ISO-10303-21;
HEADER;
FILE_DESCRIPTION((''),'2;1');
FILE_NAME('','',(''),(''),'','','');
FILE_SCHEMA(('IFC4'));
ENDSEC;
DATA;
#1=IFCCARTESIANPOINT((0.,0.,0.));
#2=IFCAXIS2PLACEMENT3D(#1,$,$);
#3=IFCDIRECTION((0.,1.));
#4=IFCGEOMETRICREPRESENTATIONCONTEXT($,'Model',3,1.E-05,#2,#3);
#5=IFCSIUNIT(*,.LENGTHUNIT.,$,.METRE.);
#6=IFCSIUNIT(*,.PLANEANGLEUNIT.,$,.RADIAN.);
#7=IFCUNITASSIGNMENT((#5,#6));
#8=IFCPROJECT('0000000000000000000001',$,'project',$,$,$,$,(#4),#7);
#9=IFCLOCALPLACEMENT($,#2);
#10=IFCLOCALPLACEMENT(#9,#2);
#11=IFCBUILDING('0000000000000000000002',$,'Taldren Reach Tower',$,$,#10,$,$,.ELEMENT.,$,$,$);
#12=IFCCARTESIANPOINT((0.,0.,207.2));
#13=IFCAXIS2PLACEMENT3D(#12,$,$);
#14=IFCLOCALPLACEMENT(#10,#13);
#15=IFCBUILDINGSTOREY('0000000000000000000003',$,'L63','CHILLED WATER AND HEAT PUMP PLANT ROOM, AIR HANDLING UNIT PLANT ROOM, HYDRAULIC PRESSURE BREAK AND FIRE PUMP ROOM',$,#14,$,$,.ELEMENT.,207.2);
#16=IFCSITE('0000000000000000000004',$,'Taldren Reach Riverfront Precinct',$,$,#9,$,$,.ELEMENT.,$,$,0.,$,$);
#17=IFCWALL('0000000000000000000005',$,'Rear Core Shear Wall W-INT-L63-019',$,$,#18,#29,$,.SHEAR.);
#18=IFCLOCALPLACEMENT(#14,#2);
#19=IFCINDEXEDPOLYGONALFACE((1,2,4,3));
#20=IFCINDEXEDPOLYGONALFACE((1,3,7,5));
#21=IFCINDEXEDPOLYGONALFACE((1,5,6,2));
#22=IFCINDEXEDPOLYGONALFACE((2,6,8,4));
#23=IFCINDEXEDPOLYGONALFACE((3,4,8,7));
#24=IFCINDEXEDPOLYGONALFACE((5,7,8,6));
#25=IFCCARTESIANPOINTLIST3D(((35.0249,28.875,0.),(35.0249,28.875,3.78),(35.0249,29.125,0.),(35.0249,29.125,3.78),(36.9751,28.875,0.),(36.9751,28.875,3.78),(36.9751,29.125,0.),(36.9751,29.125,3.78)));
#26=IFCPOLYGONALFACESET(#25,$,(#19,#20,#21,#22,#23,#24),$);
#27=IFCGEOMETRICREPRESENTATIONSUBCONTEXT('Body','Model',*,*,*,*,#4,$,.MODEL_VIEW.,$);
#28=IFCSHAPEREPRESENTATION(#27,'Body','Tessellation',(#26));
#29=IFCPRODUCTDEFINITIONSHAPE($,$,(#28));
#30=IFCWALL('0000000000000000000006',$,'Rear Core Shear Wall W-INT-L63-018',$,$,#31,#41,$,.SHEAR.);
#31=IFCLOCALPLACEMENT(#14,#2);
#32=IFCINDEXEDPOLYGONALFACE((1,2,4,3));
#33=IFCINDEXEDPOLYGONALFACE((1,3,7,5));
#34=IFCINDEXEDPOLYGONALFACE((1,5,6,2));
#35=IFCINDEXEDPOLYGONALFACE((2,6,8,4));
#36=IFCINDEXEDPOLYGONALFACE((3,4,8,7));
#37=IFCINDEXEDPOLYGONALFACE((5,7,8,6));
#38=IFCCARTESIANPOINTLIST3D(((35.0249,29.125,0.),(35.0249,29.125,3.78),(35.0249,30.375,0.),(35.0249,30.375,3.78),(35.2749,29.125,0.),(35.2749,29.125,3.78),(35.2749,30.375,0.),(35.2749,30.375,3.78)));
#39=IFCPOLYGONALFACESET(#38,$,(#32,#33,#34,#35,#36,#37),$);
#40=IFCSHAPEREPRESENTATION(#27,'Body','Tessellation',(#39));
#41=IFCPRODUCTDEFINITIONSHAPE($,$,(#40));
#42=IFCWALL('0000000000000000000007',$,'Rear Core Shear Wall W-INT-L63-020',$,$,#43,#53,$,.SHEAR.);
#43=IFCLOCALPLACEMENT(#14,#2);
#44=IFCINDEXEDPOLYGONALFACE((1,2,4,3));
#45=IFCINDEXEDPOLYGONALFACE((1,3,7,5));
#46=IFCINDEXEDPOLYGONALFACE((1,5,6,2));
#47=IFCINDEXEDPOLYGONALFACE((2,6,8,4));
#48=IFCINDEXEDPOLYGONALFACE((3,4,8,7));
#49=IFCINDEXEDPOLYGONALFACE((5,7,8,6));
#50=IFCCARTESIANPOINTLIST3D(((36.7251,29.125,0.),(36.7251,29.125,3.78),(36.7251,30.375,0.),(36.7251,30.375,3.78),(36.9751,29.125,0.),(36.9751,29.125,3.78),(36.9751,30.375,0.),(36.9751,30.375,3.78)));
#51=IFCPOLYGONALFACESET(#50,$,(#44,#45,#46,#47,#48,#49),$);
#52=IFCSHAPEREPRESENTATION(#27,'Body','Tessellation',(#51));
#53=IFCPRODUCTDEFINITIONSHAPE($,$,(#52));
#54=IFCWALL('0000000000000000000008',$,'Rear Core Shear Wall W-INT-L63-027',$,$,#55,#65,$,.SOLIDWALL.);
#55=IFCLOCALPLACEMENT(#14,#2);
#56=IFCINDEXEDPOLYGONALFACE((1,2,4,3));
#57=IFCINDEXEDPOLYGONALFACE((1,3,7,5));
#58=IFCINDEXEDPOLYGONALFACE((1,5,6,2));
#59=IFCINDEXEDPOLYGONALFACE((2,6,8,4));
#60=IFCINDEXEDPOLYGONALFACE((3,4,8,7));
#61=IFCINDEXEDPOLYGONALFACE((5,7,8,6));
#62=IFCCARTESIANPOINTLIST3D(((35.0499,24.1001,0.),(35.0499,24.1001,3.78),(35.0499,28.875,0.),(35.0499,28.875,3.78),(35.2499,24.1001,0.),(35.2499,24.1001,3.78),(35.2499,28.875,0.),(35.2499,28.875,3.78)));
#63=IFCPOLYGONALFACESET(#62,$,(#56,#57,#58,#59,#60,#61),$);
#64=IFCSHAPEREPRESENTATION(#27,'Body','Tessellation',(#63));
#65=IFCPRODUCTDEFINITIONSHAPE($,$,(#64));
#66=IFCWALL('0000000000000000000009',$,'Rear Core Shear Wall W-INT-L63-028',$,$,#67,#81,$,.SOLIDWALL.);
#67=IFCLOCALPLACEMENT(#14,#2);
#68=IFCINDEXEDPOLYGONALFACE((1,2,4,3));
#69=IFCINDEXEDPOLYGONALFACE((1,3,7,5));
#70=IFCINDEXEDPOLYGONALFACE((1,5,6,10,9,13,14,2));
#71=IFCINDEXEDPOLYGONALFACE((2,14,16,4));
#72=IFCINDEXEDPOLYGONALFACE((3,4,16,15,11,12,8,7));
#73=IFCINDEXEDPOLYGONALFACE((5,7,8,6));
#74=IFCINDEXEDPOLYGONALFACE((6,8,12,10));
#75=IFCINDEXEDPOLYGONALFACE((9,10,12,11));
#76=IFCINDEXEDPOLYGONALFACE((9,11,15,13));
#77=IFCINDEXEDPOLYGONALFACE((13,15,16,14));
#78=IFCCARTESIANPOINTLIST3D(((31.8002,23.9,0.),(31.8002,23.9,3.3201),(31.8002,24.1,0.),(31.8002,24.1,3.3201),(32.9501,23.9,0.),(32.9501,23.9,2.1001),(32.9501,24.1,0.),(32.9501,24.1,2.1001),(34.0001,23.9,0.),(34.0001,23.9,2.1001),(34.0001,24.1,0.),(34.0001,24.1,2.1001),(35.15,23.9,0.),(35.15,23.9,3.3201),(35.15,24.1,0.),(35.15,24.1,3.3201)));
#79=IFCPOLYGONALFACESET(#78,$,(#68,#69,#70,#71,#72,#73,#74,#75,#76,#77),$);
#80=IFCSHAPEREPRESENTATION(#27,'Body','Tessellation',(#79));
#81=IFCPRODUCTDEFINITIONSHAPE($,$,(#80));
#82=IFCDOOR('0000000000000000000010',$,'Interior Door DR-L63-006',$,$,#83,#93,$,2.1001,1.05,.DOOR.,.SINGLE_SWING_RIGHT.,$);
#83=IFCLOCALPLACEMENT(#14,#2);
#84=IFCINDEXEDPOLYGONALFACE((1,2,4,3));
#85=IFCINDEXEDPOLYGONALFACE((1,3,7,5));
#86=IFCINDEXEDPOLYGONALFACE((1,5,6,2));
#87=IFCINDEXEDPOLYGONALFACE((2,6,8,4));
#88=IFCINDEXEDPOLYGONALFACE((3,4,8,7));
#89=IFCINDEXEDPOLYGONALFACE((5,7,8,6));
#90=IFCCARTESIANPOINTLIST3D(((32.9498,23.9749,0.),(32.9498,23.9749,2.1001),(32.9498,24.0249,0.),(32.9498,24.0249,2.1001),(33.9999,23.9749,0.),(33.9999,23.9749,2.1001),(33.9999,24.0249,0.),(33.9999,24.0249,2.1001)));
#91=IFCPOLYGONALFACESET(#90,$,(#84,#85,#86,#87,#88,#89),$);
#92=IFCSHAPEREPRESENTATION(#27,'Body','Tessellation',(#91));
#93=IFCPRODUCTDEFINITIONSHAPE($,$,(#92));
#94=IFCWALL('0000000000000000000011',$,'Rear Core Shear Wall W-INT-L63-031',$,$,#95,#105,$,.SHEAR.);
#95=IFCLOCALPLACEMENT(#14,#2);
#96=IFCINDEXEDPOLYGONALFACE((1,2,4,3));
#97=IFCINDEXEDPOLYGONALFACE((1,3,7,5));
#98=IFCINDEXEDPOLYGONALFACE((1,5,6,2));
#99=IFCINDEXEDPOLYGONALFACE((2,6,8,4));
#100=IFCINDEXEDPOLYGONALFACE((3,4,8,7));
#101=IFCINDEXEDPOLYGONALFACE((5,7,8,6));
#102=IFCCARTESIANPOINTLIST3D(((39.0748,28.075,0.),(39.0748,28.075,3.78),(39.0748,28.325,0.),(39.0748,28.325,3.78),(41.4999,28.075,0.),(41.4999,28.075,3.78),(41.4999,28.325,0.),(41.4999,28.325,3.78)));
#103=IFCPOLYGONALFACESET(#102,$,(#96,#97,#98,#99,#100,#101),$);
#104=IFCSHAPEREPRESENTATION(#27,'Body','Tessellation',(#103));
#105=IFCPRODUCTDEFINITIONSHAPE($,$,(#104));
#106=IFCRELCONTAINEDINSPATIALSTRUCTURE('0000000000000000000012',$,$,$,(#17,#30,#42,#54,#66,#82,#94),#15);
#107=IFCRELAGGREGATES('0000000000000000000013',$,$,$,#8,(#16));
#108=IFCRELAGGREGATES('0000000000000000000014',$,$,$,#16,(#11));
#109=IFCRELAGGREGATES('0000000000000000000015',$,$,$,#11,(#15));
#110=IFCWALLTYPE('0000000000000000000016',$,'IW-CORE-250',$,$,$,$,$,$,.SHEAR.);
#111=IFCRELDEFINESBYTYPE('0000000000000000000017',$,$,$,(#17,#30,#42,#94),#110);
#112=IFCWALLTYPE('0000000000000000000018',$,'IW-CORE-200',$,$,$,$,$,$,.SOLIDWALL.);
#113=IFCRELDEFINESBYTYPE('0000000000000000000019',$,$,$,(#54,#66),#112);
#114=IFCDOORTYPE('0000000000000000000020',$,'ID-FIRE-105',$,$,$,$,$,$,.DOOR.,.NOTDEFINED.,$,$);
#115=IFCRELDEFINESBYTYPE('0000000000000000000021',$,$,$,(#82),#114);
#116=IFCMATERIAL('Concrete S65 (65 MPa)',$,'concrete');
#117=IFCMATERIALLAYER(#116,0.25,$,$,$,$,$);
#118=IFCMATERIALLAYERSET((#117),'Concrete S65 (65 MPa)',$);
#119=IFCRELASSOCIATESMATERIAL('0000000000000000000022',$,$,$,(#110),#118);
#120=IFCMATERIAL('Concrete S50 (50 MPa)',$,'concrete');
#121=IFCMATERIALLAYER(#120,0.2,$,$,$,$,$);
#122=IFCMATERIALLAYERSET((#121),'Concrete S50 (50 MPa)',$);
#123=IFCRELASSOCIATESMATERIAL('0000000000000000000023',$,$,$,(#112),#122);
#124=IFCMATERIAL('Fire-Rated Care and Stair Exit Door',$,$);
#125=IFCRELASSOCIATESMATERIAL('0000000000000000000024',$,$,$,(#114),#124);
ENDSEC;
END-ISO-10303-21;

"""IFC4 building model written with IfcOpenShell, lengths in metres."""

from ifc_helpers import new_model, si_unit, direction, frame, frame_2d, origin, place, context, subcontext, project, spatial, rectangle, extrude, source, transform, mapped, material, layer, layer_set, type_object, element, fill, save


model = new_model("IFC4")

# Units and contexts
model_context = context("Model", 3, precision=1e-05, world=origin(), true_north=direction((0.0, 1.0)))
body_context = subcontext(model_context, "Body", "Model", "MODEL_VIEW")
ifc_project = project(units=[si_unit("LENGTHUNIT", "METRE"), si_unit("PLANEANGLEUNIT", "RADIAN")], contexts=[model_context])

# Site, building, storey
site_placement = place(None, origin())
site = spatial("IfcSite", under=ifc_project, at=site_placement, Name="Taldren Reach Riverfront Precinct", CompositionType="ELEMENT", RefElevation=0.0)
building_placement = place(site_placement, origin())
building = spatial("IfcBuilding", under=site, at=building_placement, Name="Taldren Reach Tower", CompositionType="ELEMENT")
storey_placement = place(building_placement, frame((0.0, 0.0, 207.2)))
storey = spatial("IfcBuildingStorey", under=building, at=storey_placement, Name="L63", Description="CHILLED WATER AND HEAT PUMP PLANT ROOM, AIR HANDLING UNIT PLANT ROOM, HYDRAULIC PRESSURE BREAK AND FIRE PUMP ROOM", CompositionType="ELEMENT", Elevation=207.2)

# Walls
ifc_material_1 = material(Name="Concrete S65 (65 MPa)", Category="concrete")
ifc_layer_1 = layer(ifc_material_1, 0.25)
ifc_layer_set_1 = layer_set([ifc_layer_1], Name="Concrete S65 (65 MPa)")
wall_type_1 = type_object("IfcWallType", Name="IW-CORE-250", PredefinedType="SHEAR", material=ifc_layer_set_1)
shared_shape_1 = source(origin(), body_context, "Body", "SweptSolid", [
    extrude(rectangle(XDim=1.9502, YDim=0.25, at=frame_2d((0.9751, 0.0))), origin(), (0.0, 0.0, 1.0), 3.78),
])
for number, where, z_axis, x_axis, name in (
    (1, (35.0249, 29.0, 0.0), (0.0, 0.0, 1.0), (1.0, 0.0, 0.0), "Rear Core Shear Wall W-INT-L63-019"),
):
    element("IfcWall", number, at=place(storey_placement, frame(where, z_axis=z_axis, x_axis=x_axis)), inside=storey, type_object=wall_type_1, Name=name, PredefinedType="SHEAR", context=body_context, shape_type="MappedRepresentation", body=[
        mapped(shared_shape_1, transform((0.0, 0.0, 0.0), scale=1.0)),
    ])
shared_shape_2 = source(origin(), body_context, "Body", "SweptSolid", [
    extrude(rectangle(XDim=1.25, YDim=0.25, at=frame_2d((0.625, 0.0))), origin(), (0.0, 0.0, 1.0), 3.78),
])
for number, where, z_axis, x_axis, name in (
    (2, (35.1499, 30.375, 0.0), (0.0, 0.0, 1.0), (0.0, -1.0, 0.0), "Rear Core Shear Wall W-INT-L63-018"),
    (3, (36.8501, 29.125, 0.0), (0.0, 0.0, 1.0), (0.0, 1.0, 0.0), "Rear Core Shear Wall W-INT-L63-020"),
):
    element("IfcWall", number, at=place(storey_placement, frame(where, z_axis=z_axis, x_axis=x_axis)), inside=storey, type_object=wall_type_1, Name=name, PredefinedType="SHEAR", context=body_context, shape_type="MappedRepresentation", body=[
        mapped(shared_shape_2, transform((0.0, 0.0, 0.0), scale=1.0)),
    ])
ifc_material_2 = material(Name="Concrete S50 (50 MPa)", Category="concrete")
ifc_layer_2 = layer(ifc_material_2, 0.2)
ifc_layer_set_2 = layer_set([ifc_layer_2], Name="Concrete S50 (50 MPa)")
wall_type_2 = type_object("IfcWallType", Name="IW-CORE-200", PredefinedType="SOLIDWALL", material=ifc_layer_set_2)
shared_shape_3 = source(origin(), body_context, "Body", "SweptSolid", [
    extrude(rectangle(XDim=4.7749, YDim=0.2, at=frame_2d((2.3875, 0.0))), origin(), (0.0, 0.0, 1.0), 3.78),
])
wall_1_placement = place(storey_placement, frame((35.1499, 28.875, 0.0), z_axis=(0.0, 0.0, 1.0), x_axis=(0.0, -1.0, 0.0)))
element("IfcWall", 4, at=wall_1_placement, inside=storey, type_object=wall_type_2, Name="Rear Core Shear Wall W-INT-L63-027", PredefinedType="SOLIDWALL", context=body_context, shape_type="MappedRepresentation", body=[
    mapped(shared_shape_3, transform((0.0, 0.0, 0.0), scale=1.0)),
])

# Wall, opening, door
shared_shape_4 = source(origin(), body_context, "Body", "SweptSolid", [
    extrude(rectangle(XDim=3.3499, YDim=0.2, at=frame_2d((1.6748, 0.0))), origin(), (0.0, 0.0, 1.0), 3.3201),
])
wall_2_placement = place(storey_placement, frame((35.1499, 24.0, 0.0), z_axis=(0.0, 0.0, 1.0), x_axis=(-1.0, 0.0, 0.0)))
wall_2 = element("IfcWall", 5, at=wall_2_placement, inside=storey, type_object=wall_type_2, Name="Rear Core Shear Wall W-INT-L63-028", PredefinedType="SOLIDWALL", context=body_context, shape_type="MappedRepresentation", body=[
    mapped(shared_shape_4, transform((0.0, 0.0, 0.0), scale=1.0)),
])
shared_shape_5 = source(origin(), body_context, "Body", "SweptSolid", [
    extrude(rectangle(XDim=1.05, YDim=2.1001, at=frame_2d((0.5249, 1.05))), frame((0.0, 0.1099, 0.0), z_axis=(0.0, -1.0, 0.0), x_axis=(1.0, 0.0, 0.0)), (0.0, 0.0, 1.0), 0.22),
])
opening_placement = place(wall_2_placement, frame((1.1499, 0.0, 0.0)))
opening = element("IfcOpeningElement", 6, at=opening_placement, cuts=wall_2, PredefinedType="OPENING", context=body_context, shape_type="MappedRepresentation", body=[
    mapped(shared_shape_5, transform((0.0, 0.0, 0.0), scale=1.0)),
])
ifc_material_3 = material(Name="Fire-Rated Care and Stair Exit Door")
door_type = type_object("IfcDoorType", Name="ID-FIRE-105", OperationType="NOTDEFINED", PredefinedType="DOOR", material=ifc_material_3)
shared_shape_6 = source(origin(), body_context, "Body", "SweptSolid", [
    extrude(rectangle(XDim=1.05, YDim=2.1001, at=frame_2d((0.5249, 1.05))), frame((0.0, 0.0249, 0.0), z_axis=(0.0, -1.0, 0.0), x_axis=(1.0, 0.0, 0.0)), (0.0, 0.0, 1.0), 0.05),
])
door_placement = place(opening_placement, frame((1.05, 0.0, 0.0), z_axis=(0.0, 0.0, 1.0), x_axis=(-1.0, 0.0, 0.0)))
door = element("IfcDoor", 7, at=door_placement, inside=storey, type_object=door_type, Name="Interior Door DR-L63-006", OperationType="SINGLE_SWING_RIGHT", OverallHeight=2.1001, OverallWidth=1.05, PredefinedType="DOOR", context=body_context, shape_type="MappedRepresentation", body=[
    mapped(shared_shape_6, transform((0.0, 0.0, 0.0), scale=1.0)),
])
fill(opening, door)

# Wall
shared_shape_7 = source(origin(), body_context, "Body", "SweptSolid", [
    extrude(rectangle(XDim=2.425, YDim=0.25, at=frame_2d((1.2124, 0.0))), origin(), (0.0, 0.0, 1.0), 3.78),
])
wall_3_placement = place(storey_placement, frame((39.075, 28.2, 0.0), z_axis=(0.0, 0.0, 1.0), x_axis=(1.0, 0.0, 0.0)))
element("IfcWall", 8, at=wall_3_placement, inside=storey, type_object=wall_type_1, Name="Rear Core Shear Wall W-INT-L63-031", PredefinedType="SHEAR", context=body_context, shape_type="MappedRepresentation", body=[
    mapped(shared_shape_7, transform((0.0, 0.0, 0.0), scale=1.0)),
])

save(model, "model.ifc")
